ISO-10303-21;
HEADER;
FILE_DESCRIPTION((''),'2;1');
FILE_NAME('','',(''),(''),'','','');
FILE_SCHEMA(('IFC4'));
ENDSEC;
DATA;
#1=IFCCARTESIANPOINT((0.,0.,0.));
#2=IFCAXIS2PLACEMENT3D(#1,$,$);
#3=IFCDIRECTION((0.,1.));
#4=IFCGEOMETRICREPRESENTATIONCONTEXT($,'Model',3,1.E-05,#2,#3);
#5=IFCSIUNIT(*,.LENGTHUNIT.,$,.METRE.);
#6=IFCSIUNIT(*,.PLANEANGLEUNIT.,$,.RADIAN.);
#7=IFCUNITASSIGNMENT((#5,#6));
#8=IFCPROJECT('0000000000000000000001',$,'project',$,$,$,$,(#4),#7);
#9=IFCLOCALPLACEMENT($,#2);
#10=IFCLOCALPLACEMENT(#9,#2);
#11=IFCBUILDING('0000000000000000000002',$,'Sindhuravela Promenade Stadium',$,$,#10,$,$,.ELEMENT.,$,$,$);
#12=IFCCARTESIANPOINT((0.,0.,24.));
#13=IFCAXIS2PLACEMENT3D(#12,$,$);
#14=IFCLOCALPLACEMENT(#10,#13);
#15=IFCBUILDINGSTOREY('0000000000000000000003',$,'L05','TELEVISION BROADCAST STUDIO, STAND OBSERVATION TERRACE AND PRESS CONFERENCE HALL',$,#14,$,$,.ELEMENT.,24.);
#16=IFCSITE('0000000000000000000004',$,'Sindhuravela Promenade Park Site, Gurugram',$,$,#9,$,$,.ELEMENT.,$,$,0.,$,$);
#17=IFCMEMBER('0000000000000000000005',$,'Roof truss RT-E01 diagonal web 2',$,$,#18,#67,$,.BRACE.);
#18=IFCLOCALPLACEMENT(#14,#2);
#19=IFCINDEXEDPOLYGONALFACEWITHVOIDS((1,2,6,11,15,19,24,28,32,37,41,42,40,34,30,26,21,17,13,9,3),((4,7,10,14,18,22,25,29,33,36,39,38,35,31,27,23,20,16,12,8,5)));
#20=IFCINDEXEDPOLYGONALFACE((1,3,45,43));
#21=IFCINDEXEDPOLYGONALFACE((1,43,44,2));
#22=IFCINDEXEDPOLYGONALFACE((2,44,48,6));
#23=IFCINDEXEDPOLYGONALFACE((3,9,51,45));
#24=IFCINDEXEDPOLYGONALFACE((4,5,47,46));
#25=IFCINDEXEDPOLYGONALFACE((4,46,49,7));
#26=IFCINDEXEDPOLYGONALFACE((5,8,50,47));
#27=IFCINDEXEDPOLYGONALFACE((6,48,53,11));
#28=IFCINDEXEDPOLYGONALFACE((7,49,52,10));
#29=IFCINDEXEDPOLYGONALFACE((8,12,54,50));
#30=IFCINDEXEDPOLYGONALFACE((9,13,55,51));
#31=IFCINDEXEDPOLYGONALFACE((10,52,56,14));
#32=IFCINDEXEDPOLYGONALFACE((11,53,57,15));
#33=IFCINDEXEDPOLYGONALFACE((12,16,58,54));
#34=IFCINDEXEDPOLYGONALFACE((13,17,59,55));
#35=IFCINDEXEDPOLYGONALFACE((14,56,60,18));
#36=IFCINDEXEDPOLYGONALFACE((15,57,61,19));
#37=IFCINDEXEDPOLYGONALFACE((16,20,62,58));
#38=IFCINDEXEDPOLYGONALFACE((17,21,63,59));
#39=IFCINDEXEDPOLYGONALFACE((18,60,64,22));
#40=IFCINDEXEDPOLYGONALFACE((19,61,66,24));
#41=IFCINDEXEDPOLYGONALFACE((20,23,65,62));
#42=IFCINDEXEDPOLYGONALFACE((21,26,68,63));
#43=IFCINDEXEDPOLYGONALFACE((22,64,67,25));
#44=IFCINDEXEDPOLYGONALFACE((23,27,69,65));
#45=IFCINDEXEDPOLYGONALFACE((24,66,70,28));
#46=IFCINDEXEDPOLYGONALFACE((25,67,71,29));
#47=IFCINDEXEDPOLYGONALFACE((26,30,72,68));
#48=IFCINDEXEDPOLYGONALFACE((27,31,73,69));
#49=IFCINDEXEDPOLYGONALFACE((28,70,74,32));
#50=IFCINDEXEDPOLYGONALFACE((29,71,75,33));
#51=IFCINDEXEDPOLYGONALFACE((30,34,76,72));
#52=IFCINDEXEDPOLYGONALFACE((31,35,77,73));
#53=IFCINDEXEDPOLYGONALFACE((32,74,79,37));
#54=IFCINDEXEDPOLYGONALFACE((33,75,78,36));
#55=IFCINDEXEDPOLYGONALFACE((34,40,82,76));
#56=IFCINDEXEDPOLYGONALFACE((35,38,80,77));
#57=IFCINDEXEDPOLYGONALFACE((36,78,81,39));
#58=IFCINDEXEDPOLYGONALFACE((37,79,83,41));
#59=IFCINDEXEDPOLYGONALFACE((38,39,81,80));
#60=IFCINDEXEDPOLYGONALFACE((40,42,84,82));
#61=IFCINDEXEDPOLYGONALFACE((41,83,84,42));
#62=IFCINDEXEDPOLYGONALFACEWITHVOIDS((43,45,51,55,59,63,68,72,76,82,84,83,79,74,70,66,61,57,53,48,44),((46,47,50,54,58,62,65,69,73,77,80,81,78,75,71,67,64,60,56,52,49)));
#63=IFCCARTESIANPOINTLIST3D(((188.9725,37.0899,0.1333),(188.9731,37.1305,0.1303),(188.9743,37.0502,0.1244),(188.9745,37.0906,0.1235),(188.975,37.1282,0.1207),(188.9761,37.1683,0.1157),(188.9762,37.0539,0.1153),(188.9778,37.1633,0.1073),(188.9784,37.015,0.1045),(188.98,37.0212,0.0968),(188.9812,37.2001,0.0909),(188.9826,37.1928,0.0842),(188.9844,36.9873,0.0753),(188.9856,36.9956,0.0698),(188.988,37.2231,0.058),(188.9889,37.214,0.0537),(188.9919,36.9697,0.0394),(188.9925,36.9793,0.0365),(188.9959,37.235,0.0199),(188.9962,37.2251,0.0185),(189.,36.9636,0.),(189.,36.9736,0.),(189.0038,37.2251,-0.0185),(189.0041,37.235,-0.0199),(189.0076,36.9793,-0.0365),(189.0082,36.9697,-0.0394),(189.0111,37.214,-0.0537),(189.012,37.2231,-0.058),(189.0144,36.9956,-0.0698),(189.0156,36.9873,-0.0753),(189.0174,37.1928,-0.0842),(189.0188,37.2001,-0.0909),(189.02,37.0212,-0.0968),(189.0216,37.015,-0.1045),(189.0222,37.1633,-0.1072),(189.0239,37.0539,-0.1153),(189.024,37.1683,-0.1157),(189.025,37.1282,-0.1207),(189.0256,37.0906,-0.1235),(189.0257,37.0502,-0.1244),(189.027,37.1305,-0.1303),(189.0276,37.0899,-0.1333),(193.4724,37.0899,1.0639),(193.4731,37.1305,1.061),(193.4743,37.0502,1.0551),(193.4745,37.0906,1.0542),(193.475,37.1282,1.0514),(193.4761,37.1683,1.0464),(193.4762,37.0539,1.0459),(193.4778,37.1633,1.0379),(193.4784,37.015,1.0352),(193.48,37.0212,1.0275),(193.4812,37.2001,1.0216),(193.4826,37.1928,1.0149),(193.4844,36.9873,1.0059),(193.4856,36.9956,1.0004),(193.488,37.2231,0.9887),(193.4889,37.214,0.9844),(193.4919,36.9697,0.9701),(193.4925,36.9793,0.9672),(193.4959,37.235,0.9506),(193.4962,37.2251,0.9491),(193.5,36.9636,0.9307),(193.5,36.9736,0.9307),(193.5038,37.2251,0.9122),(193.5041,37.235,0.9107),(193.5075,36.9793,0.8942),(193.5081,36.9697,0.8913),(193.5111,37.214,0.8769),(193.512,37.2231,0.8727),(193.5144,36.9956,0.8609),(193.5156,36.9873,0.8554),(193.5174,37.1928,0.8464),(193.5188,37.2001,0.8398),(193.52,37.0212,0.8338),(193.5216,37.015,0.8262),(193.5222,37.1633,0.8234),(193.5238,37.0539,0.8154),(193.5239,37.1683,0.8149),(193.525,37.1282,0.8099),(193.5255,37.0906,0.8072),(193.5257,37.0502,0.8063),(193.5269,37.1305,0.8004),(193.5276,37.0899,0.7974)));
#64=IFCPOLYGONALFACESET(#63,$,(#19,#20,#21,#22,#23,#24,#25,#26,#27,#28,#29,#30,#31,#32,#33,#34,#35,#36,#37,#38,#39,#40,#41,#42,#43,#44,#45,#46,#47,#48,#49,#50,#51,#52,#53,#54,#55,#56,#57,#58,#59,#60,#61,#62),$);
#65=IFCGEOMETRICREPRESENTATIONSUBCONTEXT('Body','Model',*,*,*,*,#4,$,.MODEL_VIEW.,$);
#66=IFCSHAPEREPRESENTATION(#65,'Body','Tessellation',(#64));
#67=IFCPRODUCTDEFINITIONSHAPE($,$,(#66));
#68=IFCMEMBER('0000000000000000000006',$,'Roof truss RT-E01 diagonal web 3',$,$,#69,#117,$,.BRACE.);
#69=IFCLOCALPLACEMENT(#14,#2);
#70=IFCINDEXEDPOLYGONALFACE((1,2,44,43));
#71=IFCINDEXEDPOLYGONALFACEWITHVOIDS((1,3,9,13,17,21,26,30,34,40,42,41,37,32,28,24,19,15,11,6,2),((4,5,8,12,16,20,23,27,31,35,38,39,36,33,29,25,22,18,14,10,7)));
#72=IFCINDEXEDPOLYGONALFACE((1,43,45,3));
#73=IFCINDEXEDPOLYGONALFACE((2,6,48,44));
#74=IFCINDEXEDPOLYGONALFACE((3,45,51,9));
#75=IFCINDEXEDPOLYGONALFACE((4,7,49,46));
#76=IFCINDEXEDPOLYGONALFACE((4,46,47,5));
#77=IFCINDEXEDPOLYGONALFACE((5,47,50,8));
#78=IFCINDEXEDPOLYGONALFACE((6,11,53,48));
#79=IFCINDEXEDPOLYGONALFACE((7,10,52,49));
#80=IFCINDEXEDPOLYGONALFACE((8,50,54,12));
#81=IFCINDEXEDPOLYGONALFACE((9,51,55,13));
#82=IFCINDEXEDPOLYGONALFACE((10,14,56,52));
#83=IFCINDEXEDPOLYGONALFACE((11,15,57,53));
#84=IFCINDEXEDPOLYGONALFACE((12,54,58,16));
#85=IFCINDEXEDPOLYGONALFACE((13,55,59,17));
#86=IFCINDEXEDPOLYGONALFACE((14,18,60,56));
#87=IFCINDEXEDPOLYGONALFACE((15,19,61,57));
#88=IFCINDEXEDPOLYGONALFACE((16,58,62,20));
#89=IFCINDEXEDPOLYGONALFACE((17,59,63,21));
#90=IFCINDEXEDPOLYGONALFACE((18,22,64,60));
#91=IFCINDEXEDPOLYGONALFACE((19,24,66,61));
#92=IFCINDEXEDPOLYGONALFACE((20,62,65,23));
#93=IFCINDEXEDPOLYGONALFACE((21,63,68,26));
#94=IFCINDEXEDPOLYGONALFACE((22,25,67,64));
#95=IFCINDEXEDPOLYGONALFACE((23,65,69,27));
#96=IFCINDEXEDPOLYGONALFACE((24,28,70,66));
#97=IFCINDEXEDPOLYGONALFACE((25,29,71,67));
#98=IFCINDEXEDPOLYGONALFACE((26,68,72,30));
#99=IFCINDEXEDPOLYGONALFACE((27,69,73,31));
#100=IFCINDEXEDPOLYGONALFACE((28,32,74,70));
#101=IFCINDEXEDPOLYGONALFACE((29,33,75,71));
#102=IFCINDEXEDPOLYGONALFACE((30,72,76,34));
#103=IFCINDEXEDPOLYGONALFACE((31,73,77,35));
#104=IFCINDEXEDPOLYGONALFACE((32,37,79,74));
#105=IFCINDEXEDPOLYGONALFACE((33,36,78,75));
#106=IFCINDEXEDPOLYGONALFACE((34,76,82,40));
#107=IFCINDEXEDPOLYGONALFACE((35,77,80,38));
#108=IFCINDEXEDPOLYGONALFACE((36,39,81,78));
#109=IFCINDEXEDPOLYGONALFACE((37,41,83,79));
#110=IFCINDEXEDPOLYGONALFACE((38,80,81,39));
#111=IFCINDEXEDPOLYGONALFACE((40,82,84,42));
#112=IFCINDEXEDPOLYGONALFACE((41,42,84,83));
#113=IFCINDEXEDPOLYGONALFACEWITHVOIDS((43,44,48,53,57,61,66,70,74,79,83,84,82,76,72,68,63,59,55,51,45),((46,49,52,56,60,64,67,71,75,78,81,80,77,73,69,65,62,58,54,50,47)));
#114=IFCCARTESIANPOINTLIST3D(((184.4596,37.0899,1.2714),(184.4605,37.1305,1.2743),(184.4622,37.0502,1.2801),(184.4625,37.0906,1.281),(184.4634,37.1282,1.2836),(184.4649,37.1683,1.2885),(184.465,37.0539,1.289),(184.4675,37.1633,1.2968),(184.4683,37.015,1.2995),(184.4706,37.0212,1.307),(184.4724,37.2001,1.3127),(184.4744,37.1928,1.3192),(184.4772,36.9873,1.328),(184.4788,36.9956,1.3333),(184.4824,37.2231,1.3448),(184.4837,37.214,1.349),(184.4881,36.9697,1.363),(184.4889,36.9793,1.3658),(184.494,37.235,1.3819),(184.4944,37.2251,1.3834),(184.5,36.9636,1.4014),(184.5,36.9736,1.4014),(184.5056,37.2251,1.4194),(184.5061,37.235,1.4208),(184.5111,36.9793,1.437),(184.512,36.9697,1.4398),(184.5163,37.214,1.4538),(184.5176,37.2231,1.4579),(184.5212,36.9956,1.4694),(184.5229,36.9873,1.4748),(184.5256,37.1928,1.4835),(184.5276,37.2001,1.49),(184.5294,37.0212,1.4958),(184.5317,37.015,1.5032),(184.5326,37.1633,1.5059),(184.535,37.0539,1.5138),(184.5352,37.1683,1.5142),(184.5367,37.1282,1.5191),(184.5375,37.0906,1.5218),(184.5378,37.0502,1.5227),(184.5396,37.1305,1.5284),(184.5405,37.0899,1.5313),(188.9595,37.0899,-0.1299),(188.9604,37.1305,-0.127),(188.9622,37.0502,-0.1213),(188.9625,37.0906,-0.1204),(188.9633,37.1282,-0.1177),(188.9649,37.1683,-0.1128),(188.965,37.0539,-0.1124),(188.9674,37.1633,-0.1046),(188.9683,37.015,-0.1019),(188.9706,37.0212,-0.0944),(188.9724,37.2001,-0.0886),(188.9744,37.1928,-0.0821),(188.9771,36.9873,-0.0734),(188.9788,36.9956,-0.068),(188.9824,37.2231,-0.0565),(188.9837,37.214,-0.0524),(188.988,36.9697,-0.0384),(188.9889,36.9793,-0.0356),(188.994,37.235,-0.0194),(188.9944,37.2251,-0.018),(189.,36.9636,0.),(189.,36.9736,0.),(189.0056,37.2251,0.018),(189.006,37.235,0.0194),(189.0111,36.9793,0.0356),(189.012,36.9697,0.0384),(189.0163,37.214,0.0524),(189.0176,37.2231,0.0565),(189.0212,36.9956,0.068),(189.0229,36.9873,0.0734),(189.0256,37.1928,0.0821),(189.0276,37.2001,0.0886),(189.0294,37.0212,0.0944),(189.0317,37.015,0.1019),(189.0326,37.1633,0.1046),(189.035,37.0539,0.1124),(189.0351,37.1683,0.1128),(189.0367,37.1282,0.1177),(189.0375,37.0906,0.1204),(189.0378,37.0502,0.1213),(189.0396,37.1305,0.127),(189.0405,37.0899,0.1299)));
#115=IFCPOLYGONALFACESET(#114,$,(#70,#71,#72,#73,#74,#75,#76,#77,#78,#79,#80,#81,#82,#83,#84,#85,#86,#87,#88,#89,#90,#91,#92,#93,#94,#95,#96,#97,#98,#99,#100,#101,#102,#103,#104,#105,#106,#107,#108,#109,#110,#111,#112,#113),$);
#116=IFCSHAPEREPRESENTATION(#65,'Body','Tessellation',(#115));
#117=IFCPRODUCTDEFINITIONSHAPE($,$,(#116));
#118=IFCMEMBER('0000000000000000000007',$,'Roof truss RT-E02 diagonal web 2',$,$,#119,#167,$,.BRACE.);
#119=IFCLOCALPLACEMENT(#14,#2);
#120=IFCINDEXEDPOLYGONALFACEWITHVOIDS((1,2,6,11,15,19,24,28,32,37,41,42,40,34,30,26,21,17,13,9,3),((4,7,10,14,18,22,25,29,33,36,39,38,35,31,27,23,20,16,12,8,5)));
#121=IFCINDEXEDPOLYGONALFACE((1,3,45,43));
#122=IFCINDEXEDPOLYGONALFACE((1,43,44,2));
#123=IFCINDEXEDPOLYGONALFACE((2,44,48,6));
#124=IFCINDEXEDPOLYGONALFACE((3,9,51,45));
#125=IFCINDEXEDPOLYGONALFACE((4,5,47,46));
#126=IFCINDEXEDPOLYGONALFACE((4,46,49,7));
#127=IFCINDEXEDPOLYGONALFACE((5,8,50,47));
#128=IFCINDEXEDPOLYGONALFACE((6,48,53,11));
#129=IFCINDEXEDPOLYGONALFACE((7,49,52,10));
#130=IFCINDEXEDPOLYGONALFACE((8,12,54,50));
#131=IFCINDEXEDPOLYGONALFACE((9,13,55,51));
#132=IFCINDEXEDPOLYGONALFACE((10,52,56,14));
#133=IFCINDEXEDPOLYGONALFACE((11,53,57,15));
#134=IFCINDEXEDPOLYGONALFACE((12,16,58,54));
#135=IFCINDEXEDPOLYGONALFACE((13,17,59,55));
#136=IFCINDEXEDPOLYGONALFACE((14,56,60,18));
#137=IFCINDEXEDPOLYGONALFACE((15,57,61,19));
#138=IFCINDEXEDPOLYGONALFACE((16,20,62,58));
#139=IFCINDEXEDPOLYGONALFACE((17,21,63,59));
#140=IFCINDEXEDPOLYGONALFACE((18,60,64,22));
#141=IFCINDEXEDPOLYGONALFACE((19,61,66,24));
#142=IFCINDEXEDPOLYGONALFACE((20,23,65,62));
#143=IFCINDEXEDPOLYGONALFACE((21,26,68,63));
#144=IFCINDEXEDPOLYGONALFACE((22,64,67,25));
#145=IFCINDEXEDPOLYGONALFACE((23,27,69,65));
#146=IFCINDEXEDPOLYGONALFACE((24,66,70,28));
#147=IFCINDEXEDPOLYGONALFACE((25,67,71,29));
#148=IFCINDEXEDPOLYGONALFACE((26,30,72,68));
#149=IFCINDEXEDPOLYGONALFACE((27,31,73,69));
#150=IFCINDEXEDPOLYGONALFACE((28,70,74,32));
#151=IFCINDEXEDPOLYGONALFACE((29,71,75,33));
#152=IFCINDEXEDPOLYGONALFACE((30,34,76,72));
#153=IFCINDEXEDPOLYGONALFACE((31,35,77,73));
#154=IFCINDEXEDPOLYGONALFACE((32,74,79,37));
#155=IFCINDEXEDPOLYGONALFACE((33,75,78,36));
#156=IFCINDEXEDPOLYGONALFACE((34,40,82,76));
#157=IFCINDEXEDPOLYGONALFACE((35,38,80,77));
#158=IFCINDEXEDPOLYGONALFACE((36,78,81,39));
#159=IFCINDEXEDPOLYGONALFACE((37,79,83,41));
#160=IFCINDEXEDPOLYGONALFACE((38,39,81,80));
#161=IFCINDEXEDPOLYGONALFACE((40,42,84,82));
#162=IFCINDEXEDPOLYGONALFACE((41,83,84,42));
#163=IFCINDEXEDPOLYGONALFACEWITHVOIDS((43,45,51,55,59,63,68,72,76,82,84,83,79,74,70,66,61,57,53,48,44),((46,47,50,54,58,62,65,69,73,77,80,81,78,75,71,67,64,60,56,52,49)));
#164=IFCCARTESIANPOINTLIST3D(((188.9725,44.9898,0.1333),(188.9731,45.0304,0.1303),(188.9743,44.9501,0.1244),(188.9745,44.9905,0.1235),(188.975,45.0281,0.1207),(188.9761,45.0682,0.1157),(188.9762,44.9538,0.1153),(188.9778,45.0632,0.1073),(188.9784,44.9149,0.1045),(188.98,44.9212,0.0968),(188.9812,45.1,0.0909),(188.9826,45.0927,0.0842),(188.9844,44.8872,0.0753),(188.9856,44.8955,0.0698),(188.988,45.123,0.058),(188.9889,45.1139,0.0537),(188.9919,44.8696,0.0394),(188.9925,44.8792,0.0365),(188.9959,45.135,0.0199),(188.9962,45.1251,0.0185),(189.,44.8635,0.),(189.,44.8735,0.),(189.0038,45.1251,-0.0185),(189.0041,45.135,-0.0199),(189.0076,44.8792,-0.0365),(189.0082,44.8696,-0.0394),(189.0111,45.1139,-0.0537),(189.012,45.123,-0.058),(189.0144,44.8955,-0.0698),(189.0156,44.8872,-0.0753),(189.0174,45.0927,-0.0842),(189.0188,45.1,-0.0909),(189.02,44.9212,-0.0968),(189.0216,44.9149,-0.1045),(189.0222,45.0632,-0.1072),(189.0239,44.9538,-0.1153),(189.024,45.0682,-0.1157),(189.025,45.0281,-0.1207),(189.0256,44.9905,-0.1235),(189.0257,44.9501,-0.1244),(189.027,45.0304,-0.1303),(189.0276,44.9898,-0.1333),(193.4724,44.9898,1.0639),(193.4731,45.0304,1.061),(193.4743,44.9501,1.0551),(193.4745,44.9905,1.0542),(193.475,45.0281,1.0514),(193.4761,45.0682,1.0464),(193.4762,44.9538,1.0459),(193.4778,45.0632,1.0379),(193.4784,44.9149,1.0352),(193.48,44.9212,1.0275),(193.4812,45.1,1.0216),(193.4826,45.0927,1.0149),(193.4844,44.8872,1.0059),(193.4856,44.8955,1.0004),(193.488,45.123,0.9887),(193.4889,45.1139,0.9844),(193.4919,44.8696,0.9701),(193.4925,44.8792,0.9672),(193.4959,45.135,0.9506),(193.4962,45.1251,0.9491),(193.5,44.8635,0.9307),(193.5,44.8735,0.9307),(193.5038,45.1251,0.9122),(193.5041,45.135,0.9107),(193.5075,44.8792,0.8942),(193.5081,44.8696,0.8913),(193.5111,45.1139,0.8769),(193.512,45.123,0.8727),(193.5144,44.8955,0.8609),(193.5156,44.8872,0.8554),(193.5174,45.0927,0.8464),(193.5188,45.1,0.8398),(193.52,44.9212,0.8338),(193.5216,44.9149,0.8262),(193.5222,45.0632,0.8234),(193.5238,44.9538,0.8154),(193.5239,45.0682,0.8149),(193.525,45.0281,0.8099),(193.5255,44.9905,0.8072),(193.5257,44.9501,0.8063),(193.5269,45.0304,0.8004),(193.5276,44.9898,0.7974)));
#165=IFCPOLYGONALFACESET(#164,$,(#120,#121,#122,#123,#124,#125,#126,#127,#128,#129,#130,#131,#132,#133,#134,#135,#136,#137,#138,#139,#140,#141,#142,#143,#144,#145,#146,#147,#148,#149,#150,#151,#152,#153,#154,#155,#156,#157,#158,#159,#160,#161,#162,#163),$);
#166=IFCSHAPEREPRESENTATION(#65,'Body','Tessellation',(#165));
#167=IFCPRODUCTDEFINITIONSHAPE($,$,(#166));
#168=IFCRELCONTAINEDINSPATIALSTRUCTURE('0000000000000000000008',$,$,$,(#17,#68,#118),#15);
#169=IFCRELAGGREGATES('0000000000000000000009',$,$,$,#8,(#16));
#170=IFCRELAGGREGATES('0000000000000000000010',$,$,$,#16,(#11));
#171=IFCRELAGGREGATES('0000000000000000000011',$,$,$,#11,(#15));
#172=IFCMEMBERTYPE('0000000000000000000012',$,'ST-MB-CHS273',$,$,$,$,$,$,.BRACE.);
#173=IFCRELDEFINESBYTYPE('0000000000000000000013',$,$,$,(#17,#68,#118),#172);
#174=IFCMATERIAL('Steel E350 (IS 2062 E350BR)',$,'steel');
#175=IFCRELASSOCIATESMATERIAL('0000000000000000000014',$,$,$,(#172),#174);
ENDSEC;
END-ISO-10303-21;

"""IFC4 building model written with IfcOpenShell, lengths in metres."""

from ifc_helpers import new_model, si_unit, direction, frame, origin, origin_2d, place, context, subcontext, project, spatial, hollow_circle, extrude, material, material_profile, profile_set, type_object, element, save


model = new_model("IFC4")

# Units and contexts
model_context = context("Model", 3, precision=1e-05, world=origin(), true_north=direction((0.0, 1.0)))
body_context = subcontext(model_context, "Body", "Model", "MODEL_VIEW")
ifc_project = project(units=[si_unit("LENGTHUNIT", "METRE"), si_unit("PLANEANGLEUNIT", "RADIAN")], contexts=[model_context])

# Site, building, storey
site_placement = place(None, origin())
site = spatial("IfcSite", under=ifc_project, at=site_placement, Name="Sindhuravela Promenade Park Site, Gurugram", CompositionType="ELEMENT", RefElevation=0.0)
building_placement = place(site_placement, origin())
building = spatial("IfcBuilding", under=site, at=building_placement, Name="Sindhuravela Promenade Stadium", CompositionType="ELEMENT")
storey_placement = place(building_placement, frame((0.0, 0.0, 24.0)))
storey = spatial("IfcBuildingStorey", under=building, at=storey_placement, Name="L05", Description="TELEVISION BROADCAST STUDIO, STAND OBSERVATION TERRACE AND PRESS CONFERENCE HALL", CompositionType="ELEMENT", Elevation=24.0)

# Shared definitions
ifc_material_1 = material(Name="Steel E350 (IS 2062 E350BR)", Category="steel")

# Members
ifc_material_profile_1 = material_profile(ifc_material_1, hollow_circle(Radius=0.1365, WallThickness=0.01, at=origin_2d()), Name="CHS 273.0x10")
ifc_profile_set_1 = profile_set([ifc_material_profile_1], Name="Steel E350 (IS 2062 E350BR)")
member_type_1 = type_object("IfcMemberType", Name="ST-MB-CHS273", PredefinedType="BRACE", material=ifc_profile_set_1)
member_1_placement = place(storey_placement, frame((193.5, 37.1001, 0.9307), z_axis=(-0.979276, 0.0, -0.202528), x_axis=(0.0, -1.0, 0.0)))
element("IfcMember", 1, at=member_1_placement, inside=storey, type_object=member_type_1, Name="Roof truss RT-E01 diagonal web 2", PredefinedType="BRACE", context=body_context, shape_type="SweptSolid", body=[
    extrude(hollow_circle(Radius=0.1365, WallThickness=0.01, at=origin_2d()), origin(), (0.0, 0.0, 1.0), 4.5952),
])
member_2_placement = place(storey_placement, frame((189.0, 37.1001, 0.0), z_axis=(-0.954774, 0.0, 0.297331), x_axis=(0.0, -1.0, 0.0)))
element("IfcMember", 2, at=member_2_placement, inside=storey, type_object=member_type_1, Name="Roof truss RT-E01 diagonal web 3", PredefinedType="BRACE", context=body_context, shape_type="SweptSolid", body=[
    extrude(hollow_circle(Radius=0.1365, WallThickness=0.01, at=origin_2d()), origin(), (0.0, 0.0, 1.0), 4.7131),
])
member_3_placement = place(storey_placement, frame((193.5, 45.0, 0.9307), z_axis=(-0.979276, 0.0, -0.202528), x_axis=(0.0, -1.0, 0.0)))
element("IfcMember", 3, at=member_3_placement, inside=storey, type_object=member_type_1, Name="Roof truss RT-E02 diagonal web 2", PredefinedType="BRACE", context=body_context, shape_type="SweptSolid", body=[
    extrude(hollow_circle(Radius=0.1365, WallThickness=0.01, at=origin_2d()), origin(), (0.0, 0.0, 1.0), 4.5952),
])

save(model, "model.ifc")
